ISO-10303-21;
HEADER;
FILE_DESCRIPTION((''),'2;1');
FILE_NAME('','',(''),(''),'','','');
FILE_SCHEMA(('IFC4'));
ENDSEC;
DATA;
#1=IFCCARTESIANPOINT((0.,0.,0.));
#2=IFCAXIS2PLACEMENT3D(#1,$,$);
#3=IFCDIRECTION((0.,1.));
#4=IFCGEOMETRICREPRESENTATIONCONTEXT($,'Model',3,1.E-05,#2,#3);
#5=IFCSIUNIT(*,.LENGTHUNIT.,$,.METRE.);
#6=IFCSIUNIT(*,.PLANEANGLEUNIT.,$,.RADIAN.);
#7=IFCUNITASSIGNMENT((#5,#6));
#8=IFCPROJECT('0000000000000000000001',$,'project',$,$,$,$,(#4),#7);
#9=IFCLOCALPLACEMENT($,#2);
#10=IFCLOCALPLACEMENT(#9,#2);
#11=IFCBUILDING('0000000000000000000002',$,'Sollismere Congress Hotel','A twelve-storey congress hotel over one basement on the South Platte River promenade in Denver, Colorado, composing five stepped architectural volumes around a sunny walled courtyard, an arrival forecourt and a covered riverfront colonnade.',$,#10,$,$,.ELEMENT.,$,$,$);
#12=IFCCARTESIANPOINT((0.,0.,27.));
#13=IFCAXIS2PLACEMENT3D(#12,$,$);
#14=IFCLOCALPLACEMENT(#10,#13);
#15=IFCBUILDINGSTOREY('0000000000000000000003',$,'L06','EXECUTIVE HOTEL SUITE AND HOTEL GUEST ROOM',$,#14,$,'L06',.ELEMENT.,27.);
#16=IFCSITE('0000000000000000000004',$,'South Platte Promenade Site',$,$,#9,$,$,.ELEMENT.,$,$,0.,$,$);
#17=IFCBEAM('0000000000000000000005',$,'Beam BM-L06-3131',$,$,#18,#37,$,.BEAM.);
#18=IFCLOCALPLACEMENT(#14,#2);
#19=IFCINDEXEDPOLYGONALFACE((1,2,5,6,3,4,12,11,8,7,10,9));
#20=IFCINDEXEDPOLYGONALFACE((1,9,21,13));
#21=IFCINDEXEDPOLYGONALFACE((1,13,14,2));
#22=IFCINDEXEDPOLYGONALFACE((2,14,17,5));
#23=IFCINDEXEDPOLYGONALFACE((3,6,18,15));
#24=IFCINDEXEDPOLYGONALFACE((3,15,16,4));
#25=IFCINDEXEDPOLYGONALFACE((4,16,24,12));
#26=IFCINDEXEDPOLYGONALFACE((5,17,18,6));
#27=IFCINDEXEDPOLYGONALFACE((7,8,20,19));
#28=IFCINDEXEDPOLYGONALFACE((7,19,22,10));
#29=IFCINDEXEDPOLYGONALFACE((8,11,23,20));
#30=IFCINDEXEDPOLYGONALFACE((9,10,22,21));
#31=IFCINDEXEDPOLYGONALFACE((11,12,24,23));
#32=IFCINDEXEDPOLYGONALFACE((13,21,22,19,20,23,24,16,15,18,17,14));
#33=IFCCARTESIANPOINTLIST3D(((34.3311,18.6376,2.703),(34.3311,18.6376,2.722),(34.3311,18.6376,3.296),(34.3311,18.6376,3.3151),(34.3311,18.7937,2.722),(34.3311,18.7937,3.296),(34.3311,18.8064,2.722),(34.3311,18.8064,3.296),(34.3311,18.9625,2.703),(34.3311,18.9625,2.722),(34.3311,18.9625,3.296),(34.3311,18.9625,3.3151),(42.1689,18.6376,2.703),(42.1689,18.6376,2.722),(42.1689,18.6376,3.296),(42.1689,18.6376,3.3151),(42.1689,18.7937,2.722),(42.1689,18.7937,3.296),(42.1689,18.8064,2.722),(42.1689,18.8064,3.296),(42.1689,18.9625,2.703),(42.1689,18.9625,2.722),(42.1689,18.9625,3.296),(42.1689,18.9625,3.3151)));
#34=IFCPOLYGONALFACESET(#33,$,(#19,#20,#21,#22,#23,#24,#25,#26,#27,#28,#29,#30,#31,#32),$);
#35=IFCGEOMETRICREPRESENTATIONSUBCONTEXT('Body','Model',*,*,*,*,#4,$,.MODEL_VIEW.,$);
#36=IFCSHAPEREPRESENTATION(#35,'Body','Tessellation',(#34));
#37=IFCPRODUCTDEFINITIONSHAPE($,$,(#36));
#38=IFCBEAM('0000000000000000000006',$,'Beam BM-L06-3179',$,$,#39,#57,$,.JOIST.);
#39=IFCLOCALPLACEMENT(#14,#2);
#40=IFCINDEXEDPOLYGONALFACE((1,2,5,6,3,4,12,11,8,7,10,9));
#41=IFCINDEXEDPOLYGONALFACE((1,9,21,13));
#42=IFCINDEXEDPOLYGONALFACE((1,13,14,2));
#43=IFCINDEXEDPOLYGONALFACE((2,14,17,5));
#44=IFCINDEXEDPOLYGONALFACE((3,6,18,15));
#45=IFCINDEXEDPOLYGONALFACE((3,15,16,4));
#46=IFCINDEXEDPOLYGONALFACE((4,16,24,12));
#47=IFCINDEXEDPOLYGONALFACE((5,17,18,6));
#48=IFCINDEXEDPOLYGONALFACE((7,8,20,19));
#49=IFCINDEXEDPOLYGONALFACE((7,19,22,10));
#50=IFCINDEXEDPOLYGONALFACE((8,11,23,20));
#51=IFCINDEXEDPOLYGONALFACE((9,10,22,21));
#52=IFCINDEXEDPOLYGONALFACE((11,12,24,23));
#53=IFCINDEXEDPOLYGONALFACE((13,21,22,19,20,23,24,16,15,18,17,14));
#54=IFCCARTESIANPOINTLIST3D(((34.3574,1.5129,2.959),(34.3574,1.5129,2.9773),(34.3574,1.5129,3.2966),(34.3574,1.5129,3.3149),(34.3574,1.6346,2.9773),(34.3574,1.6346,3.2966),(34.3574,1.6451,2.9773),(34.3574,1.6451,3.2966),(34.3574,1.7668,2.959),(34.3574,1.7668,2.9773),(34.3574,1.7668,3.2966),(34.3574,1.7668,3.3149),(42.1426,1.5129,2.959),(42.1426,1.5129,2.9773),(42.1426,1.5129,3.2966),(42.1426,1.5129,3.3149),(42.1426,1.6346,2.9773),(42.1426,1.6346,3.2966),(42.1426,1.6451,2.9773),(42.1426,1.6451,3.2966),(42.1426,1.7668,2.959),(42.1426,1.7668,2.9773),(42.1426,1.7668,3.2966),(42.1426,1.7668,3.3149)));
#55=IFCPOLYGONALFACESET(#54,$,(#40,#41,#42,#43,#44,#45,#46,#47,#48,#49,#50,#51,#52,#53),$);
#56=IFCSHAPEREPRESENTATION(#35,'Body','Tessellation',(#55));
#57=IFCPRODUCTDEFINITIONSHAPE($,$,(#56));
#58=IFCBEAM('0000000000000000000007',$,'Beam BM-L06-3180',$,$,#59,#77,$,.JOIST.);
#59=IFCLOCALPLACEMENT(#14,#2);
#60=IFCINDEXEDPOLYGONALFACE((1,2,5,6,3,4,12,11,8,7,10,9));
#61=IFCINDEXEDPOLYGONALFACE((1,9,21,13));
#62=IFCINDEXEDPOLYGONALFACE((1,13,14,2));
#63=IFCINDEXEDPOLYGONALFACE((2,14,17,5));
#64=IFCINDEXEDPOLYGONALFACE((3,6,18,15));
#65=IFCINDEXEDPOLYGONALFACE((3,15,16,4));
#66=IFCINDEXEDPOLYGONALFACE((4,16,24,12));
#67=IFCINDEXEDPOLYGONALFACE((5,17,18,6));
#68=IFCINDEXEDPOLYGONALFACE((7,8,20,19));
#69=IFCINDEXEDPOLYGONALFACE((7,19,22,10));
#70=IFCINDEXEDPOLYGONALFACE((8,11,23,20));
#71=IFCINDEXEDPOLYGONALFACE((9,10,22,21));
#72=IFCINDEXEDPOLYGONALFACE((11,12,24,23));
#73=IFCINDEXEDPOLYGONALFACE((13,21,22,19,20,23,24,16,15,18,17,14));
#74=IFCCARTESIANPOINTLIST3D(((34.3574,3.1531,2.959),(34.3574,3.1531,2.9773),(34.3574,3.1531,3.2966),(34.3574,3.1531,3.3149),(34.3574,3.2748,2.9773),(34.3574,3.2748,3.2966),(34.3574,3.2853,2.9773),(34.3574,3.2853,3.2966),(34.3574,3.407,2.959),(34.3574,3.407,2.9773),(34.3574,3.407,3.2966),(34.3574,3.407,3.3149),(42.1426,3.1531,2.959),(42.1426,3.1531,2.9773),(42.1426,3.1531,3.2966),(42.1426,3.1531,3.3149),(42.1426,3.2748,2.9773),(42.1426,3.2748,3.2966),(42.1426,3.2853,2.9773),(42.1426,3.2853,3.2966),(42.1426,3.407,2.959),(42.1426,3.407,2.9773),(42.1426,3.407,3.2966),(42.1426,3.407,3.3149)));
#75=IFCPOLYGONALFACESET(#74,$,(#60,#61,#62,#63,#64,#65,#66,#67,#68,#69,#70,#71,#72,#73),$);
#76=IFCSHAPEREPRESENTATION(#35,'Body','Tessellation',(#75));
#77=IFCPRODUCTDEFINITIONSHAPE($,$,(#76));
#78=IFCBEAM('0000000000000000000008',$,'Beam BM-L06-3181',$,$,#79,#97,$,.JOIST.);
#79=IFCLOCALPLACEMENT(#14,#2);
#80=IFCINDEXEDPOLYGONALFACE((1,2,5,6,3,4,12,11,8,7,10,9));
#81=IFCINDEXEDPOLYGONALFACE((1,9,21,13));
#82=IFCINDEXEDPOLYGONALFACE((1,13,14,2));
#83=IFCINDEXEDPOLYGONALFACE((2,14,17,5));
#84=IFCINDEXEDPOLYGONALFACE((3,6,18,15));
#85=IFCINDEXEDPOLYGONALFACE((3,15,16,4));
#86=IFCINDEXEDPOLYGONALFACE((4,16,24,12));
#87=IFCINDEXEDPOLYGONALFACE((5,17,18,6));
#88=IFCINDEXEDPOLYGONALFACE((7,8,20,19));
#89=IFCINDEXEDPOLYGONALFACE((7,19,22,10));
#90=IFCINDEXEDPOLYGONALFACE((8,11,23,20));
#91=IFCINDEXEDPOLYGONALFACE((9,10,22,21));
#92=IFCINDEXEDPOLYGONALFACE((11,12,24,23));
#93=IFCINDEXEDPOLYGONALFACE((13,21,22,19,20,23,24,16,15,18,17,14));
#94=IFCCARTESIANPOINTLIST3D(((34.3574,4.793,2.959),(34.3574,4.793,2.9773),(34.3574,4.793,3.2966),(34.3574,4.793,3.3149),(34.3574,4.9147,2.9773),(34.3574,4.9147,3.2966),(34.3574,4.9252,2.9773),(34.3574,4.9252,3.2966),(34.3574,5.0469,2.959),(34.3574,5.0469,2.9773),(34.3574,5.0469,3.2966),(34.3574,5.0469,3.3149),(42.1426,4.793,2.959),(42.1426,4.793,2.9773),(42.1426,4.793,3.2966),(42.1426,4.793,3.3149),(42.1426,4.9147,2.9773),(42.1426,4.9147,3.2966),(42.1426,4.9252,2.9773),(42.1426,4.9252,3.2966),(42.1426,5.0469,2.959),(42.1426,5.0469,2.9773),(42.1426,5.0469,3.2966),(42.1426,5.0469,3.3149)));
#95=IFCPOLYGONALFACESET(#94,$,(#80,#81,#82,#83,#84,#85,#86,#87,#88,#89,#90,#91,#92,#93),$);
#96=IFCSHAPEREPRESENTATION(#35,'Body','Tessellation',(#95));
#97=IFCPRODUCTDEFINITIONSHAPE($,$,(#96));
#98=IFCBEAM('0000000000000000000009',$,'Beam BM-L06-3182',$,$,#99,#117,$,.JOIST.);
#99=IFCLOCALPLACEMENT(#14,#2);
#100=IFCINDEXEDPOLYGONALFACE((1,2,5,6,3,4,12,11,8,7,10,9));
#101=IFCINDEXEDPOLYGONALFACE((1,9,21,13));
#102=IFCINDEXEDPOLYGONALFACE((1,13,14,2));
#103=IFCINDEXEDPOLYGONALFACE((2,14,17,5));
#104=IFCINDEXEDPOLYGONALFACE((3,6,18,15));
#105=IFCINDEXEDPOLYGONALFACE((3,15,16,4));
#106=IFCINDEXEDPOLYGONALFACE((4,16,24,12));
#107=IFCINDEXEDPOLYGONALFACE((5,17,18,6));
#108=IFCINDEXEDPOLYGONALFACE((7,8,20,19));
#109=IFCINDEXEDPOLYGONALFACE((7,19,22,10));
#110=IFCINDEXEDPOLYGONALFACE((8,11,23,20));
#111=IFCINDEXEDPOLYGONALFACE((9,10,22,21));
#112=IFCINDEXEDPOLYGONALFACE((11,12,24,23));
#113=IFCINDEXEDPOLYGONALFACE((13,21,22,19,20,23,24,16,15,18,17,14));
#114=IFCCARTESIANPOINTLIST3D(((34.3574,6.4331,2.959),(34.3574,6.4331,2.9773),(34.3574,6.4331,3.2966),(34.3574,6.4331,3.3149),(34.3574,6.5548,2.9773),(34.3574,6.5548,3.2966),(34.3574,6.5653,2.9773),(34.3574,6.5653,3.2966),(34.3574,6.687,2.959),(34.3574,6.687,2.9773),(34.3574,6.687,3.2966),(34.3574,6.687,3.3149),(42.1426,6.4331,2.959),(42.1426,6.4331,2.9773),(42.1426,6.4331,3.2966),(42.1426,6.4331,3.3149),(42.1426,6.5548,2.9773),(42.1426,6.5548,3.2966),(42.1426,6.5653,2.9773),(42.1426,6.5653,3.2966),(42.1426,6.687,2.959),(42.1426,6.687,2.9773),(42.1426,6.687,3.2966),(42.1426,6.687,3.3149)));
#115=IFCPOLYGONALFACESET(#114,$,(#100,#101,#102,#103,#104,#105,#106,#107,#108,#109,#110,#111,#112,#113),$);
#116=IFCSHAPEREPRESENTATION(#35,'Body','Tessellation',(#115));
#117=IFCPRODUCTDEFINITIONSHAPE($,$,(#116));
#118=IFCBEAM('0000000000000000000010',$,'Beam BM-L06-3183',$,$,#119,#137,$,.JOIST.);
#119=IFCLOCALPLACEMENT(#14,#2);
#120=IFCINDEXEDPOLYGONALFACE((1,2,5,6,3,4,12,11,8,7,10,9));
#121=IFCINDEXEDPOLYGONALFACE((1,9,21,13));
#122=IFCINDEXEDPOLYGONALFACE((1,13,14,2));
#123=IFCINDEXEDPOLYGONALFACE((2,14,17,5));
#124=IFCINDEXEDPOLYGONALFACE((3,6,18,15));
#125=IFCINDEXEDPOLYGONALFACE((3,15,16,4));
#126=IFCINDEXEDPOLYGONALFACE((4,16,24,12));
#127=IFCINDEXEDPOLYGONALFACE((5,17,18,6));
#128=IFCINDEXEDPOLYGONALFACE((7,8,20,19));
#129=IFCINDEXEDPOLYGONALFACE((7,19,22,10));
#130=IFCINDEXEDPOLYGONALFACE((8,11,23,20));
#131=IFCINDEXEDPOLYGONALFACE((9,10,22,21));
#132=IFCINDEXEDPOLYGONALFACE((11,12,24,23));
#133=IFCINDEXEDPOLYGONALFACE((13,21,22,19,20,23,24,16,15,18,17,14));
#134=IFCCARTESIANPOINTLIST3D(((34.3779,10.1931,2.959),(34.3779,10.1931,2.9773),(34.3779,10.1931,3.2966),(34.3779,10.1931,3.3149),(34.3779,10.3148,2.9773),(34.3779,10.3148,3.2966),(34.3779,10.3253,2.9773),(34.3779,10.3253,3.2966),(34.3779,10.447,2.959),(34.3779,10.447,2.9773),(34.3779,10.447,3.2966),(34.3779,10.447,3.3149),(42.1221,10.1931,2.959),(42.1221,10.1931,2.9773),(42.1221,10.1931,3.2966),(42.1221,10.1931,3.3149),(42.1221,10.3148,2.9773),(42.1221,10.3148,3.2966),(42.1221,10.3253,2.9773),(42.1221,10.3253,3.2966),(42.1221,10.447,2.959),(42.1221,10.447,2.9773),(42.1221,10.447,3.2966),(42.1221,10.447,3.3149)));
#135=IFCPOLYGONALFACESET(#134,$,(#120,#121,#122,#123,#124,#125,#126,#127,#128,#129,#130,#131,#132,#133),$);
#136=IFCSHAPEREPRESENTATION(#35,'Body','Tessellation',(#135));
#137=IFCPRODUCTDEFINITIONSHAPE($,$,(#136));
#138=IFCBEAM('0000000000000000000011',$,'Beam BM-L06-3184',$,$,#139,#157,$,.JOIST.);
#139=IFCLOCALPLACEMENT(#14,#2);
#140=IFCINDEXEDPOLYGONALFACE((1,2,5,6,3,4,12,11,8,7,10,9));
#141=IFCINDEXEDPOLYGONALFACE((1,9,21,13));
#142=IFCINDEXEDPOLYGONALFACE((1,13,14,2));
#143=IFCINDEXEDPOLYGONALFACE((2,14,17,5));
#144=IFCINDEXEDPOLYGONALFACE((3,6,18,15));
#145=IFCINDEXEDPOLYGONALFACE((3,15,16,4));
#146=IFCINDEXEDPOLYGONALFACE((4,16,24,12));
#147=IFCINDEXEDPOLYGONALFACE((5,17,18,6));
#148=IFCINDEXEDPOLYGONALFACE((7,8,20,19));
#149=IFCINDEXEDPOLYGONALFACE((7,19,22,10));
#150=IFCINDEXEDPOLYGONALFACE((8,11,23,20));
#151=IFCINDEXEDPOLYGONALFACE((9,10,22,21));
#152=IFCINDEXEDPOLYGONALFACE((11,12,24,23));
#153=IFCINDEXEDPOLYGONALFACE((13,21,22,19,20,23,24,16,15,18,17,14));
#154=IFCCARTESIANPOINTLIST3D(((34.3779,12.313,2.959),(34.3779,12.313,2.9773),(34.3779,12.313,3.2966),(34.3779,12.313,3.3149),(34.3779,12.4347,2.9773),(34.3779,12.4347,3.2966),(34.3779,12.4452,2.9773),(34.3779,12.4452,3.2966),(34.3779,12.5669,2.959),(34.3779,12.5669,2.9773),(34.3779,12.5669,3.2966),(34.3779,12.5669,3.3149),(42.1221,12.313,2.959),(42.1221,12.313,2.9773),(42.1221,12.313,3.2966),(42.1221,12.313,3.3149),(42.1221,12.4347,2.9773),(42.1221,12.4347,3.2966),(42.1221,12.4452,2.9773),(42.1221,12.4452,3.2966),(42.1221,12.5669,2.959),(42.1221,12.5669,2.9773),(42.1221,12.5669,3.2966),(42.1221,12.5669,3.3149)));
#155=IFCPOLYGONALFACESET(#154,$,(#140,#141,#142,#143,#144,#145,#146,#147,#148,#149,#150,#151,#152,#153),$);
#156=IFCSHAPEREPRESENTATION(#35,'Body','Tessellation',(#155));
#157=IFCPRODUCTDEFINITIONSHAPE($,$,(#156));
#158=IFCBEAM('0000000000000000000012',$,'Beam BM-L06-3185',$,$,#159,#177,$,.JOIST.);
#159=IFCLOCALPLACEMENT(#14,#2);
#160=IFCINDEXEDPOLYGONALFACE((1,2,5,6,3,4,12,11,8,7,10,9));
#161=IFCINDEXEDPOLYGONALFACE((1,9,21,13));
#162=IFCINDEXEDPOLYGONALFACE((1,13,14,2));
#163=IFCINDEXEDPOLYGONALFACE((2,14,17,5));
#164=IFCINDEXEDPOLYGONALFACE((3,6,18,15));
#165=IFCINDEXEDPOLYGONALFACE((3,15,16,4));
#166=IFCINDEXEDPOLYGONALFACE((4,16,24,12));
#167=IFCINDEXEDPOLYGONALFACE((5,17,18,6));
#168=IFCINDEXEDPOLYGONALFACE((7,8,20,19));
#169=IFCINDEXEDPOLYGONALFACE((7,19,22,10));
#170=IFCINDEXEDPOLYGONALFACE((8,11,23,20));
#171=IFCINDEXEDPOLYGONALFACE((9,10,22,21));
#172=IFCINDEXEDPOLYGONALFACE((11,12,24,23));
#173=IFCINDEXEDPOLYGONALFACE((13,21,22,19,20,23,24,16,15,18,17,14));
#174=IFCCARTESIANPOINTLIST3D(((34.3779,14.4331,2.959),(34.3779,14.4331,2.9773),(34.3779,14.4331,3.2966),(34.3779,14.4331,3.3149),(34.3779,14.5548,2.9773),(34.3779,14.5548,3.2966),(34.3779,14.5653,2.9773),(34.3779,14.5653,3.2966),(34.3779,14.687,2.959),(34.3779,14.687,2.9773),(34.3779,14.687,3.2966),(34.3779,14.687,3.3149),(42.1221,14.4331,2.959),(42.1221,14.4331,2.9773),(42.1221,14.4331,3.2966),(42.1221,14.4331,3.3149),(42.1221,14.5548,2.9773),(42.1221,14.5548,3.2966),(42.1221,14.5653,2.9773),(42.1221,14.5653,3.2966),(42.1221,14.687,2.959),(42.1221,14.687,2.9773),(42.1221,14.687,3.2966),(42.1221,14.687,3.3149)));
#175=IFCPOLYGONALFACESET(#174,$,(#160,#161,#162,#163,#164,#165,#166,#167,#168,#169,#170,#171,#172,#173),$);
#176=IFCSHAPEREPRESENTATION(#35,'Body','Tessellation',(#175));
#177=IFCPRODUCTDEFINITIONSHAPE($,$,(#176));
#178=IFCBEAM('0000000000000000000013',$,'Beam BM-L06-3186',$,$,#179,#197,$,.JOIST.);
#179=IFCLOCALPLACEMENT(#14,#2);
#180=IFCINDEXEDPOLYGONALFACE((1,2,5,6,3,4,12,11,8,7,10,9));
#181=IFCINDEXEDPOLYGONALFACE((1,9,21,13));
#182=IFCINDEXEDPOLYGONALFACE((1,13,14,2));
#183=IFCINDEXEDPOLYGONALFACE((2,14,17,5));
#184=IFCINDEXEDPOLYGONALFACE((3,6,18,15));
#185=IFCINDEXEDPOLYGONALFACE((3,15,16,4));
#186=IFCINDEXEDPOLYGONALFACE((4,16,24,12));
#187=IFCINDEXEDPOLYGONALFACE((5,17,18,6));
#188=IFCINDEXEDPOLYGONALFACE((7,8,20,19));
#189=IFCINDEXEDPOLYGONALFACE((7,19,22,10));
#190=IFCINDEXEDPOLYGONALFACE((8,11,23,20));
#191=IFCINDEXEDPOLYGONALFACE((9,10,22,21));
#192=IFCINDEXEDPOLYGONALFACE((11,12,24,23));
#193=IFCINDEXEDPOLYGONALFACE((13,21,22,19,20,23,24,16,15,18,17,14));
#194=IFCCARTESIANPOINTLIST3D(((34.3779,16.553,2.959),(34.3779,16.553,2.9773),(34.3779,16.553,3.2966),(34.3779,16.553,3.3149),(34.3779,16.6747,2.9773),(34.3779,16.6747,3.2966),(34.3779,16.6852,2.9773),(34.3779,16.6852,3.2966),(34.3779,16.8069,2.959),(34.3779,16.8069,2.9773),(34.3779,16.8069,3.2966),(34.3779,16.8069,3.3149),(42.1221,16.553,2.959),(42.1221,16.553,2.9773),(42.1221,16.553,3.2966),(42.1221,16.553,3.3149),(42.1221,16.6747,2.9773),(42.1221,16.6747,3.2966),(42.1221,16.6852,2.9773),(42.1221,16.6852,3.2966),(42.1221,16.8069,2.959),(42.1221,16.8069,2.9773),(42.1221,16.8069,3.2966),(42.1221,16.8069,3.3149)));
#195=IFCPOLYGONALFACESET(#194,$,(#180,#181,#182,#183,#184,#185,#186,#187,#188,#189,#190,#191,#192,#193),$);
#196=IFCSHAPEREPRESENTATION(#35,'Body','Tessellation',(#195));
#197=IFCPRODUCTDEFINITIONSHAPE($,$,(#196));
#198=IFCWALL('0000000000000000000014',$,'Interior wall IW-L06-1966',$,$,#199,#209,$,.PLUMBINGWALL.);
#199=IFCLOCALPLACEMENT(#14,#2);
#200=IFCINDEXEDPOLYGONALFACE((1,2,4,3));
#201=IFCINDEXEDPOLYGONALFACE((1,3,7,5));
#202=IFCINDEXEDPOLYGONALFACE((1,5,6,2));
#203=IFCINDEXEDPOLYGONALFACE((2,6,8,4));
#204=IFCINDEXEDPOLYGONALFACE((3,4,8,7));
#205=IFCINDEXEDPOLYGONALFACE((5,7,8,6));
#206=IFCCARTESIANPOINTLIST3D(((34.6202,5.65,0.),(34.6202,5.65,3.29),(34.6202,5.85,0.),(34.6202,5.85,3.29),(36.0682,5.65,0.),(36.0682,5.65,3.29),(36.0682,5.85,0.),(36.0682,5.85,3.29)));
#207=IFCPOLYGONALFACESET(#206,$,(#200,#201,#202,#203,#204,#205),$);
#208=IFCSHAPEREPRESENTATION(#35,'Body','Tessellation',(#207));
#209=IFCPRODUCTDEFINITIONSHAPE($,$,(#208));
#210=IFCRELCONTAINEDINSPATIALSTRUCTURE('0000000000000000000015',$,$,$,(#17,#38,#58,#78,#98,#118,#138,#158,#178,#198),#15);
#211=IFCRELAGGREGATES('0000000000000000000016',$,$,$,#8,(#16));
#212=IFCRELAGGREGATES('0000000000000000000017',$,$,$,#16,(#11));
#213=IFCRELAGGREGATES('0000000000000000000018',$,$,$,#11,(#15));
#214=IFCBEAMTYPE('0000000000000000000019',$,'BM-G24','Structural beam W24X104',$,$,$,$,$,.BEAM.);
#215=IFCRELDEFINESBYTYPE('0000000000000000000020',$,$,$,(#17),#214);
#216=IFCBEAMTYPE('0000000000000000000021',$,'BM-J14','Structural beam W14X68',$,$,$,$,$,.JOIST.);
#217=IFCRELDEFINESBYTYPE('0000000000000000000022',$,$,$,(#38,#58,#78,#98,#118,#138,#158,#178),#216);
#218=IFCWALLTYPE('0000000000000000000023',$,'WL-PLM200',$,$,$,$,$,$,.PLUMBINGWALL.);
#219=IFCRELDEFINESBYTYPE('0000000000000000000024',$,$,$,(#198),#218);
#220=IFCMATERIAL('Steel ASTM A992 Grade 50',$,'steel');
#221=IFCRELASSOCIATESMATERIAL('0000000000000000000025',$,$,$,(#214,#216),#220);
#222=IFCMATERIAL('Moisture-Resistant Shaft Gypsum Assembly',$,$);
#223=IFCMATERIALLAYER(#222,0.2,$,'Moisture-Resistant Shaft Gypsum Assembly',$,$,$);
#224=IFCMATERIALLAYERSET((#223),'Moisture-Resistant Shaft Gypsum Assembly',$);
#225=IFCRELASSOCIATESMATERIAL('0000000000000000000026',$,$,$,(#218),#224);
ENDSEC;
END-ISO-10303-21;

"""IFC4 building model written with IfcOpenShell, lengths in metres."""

from ifc_helpers import new_model, si_unit, direction, frame, frame_2d, origin, origin_2d, place, context, subcontext, project, spatial, rectangle, i_section, extrude, material, layer, layer_set, material_profile, profile_set, type_object, element, save


model = new_model("IFC4")

# Units and contexts
model_context = context("Model", 3, precision=1e-05, world=origin(), true_north=direction((0.0, 1.0)))
body_context = subcontext(model_context, "Body", "Model", "MODEL_VIEW")
ifc_project = project(units=[si_unit("LENGTHUNIT", "METRE"), si_unit("PLANEANGLEUNIT", "RADIAN")], contexts=[model_context])

# Site, building, storey
site_placement = place(None, origin())
site = spatial("IfcSite", under=ifc_project, at=site_placement, Name="South Platte Promenade Site", CompositionType="ELEMENT", RefElevation=0.0)
building_placement = place(site_placement, origin())
building = spatial("IfcBuilding", under=site, at=building_placement, Name="Sollismere Congress Hotel", Description="A twelve-storey congress hotel over one basement on the South Platte River promenade in Denver, Colorado, composing five stepped architectural volumes around a sunny walled courtyard, an arrival forecourt and a covered riverfront colonnade.", CompositionType="ELEMENT")
storey_placement = place(building_placement, frame((0.0, 0.0, 27.0)))
storey = spatial("IfcBuildingStorey", under=building, at=storey_placement, Name="L06", Description="EXECUTIVE HOTEL SUITE AND HOTEL GUEST ROOM", LongName="L06", CompositionType="ELEMENT", Elevation=27.0)

# Beams
ifc_material_1 = material(Name="Steel ASTM A992 Grade 50", Category="steel")
ifc_material_profile_1 = material_profile(ifc_material_1, i_section(OverallWidth=0.325, OverallDepth=0.6121, WebThickness=0.0127, FlangeThickness=0.019, at=origin_2d()), Name="W24X104")
ifc_profile_set_1 = profile_set([ifc_material_profile_1], Name="Steel ASTM A992 Grade 50")
beam_type_1 = type_object("IfcBeamType", Name="BM-G24", Description="Structural beam W24X104", PredefinedType="BEAM", material=ifc_profile_set_1)
beam_placement = place(storey_placement, frame((34.3311, 18.8, 3.009), z_axis=(1.0, 0.0, 0.0), x_axis=(0.0, 1.0, 0.0)))
element("IfcBeam", 1, at=beam_placement, inside=storey, type_object=beam_type_1, Name="Beam BM-L06-3131", PredefinedType="BEAM", context=body_context, shape_type="SweptSolid", body=[
    extrude(i_section(OverallWidth=0.325, OverallDepth=0.6121, WebThickness=0.0127, FlangeThickness=0.019, at=origin_2d()), origin(), (0.0, 0.0, 1.0), 7.8379),
])
ifc_material_profile_2 = material_profile(ifc_material_1, i_section(OverallWidth=0.2539, OverallDepth=0.356, WebThickness=0.0105, FlangeThickness=0.0183, at=origin_2d()), Name="W14X68")
ifc_profile_set_2 = profile_set([ifc_material_profile_2], Name="Steel ASTM A992 Grade 50")
beam_type_2 = type_object("IfcBeamType", Name="BM-J14", Description="Structural beam W14X68", PredefinedType="JOIST", material=ifc_profile_set_2)
for number, where, z_axis, x_axis, name in (
    (2, (34.3574, 1.6399, 3.137), (1.0, 0.0, 0.0), (0.0, 1.0, 0.0), "Beam BM-L06-3179"),
    (3, (34.3574, 3.28, 3.137), (1.0, 0.0, 0.0), (0.0, 1.0, 0.0), "Beam BM-L06-3180"),
    (4, (34.3574, 4.9199, 3.137), (1.0, 0.0, 0.0), (0.0, 1.0, 0.0), "Beam BM-L06-3181"),
    (5, (34.3574, 6.5601, 3.137), (1.0, 0.0, 0.0), (0.0, 1.0, 0.0), "Beam BM-L06-3182"),
):
    element("IfcBeam", number, at=place(storey_placement, frame(where, z_axis=z_axis, x_axis=x_axis)), inside=storey, type_object=beam_type_2, Name=name, PredefinedType="JOIST", context=body_context, shape_type="SweptSolid", body=[
        extrude(i_section(OverallWidth=0.2539, OverallDepth=0.356, WebThickness=0.0105, FlangeThickness=0.0183, at=origin_2d()), origin(), (0.0, 0.0, 1.0), 7.7852),
    ])
for number, where, z_axis, x_axis, name in (
    (6, (34.3779, 10.3201, 3.137), (1.0, 0.0, 0.0), (0.0, 1.0, 0.0), "Beam BM-L06-3183"),
    (7, (34.3779, 12.4399, 3.137), (1.0, 0.0, 0.0), (0.0, 1.0, 0.0), "Beam BM-L06-3184"),
    (8, (34.3779, 14.5601, 3.137), (1.0, 0.0, 0.0), (0.0, 1.0, 0.0), "Beam BM-L06-3185"),
    (9, (34.3779, 16.6799, 3.137), (1.0, 0.0, 0.0), (0.0, 1.0, 0.0), "Beam BM-L06-3186"),
):
    element("IfcBeam", number, at=place(storey_placement, frame(where, z_axis=z_axis, x_axis=x_axis)), inside=storey, type_object=beam_type_2, Name=name, PredefinedType="JOIST", context=body_context, shape_type="SweptSolid", body=[
        extrude(i_section(OverallWidth=0.2539, OverallDepth=0.356, WebThickness=0.0105, FlangeThickness=0.0183, at=origin_2d()), origin(), (0.0, 0.0, 1.0), 7.7441),
    ])

# Wall
ifc_material_2 = material(Name="Moisture-Resistant Shaft Gypsum Assembly")
ifc_layer_1 = layer(ifc_material_2, 0.2, Name="Moisture-Resistant Shaft Gypsum Assembly")
ifc_layer_set_1 = layer_set([ifc_layer_1], Name="Moisture-Resistant Shaft Gypsum Assembly")
wall_type_1 = type_object("IfcWallType", Name="WL-PLM200", PredefinedType="PLUMBINGWALL", material=ifc_layer_set_1)
for number, where, z_axis, x_axis, name in (
    (10, (34.6201, 5.75, 0.0), (0.0, 0.0, 1.0), (1.0, 0.0, 0.0), "Interior wall IW-L06-1966"),
):
    element("IfcWall", number, at=place(storey_placement, frame(where, z_axis=z_axis, x_axis=x_axis)), inside=storey, type_object=wall_type_1, Name=name, PredefinedType="PLUMBINGWALL", context=body_context, shape_type="SweptSolid", body=[
        extrude(rectangle(XDim=1.448, YDim=0.2, at=frame_2d((0.7241, 0.0))), origin(), (0.0, 0.0, 1.0), 3.29),
    ])

save(model, "model.ifc")
